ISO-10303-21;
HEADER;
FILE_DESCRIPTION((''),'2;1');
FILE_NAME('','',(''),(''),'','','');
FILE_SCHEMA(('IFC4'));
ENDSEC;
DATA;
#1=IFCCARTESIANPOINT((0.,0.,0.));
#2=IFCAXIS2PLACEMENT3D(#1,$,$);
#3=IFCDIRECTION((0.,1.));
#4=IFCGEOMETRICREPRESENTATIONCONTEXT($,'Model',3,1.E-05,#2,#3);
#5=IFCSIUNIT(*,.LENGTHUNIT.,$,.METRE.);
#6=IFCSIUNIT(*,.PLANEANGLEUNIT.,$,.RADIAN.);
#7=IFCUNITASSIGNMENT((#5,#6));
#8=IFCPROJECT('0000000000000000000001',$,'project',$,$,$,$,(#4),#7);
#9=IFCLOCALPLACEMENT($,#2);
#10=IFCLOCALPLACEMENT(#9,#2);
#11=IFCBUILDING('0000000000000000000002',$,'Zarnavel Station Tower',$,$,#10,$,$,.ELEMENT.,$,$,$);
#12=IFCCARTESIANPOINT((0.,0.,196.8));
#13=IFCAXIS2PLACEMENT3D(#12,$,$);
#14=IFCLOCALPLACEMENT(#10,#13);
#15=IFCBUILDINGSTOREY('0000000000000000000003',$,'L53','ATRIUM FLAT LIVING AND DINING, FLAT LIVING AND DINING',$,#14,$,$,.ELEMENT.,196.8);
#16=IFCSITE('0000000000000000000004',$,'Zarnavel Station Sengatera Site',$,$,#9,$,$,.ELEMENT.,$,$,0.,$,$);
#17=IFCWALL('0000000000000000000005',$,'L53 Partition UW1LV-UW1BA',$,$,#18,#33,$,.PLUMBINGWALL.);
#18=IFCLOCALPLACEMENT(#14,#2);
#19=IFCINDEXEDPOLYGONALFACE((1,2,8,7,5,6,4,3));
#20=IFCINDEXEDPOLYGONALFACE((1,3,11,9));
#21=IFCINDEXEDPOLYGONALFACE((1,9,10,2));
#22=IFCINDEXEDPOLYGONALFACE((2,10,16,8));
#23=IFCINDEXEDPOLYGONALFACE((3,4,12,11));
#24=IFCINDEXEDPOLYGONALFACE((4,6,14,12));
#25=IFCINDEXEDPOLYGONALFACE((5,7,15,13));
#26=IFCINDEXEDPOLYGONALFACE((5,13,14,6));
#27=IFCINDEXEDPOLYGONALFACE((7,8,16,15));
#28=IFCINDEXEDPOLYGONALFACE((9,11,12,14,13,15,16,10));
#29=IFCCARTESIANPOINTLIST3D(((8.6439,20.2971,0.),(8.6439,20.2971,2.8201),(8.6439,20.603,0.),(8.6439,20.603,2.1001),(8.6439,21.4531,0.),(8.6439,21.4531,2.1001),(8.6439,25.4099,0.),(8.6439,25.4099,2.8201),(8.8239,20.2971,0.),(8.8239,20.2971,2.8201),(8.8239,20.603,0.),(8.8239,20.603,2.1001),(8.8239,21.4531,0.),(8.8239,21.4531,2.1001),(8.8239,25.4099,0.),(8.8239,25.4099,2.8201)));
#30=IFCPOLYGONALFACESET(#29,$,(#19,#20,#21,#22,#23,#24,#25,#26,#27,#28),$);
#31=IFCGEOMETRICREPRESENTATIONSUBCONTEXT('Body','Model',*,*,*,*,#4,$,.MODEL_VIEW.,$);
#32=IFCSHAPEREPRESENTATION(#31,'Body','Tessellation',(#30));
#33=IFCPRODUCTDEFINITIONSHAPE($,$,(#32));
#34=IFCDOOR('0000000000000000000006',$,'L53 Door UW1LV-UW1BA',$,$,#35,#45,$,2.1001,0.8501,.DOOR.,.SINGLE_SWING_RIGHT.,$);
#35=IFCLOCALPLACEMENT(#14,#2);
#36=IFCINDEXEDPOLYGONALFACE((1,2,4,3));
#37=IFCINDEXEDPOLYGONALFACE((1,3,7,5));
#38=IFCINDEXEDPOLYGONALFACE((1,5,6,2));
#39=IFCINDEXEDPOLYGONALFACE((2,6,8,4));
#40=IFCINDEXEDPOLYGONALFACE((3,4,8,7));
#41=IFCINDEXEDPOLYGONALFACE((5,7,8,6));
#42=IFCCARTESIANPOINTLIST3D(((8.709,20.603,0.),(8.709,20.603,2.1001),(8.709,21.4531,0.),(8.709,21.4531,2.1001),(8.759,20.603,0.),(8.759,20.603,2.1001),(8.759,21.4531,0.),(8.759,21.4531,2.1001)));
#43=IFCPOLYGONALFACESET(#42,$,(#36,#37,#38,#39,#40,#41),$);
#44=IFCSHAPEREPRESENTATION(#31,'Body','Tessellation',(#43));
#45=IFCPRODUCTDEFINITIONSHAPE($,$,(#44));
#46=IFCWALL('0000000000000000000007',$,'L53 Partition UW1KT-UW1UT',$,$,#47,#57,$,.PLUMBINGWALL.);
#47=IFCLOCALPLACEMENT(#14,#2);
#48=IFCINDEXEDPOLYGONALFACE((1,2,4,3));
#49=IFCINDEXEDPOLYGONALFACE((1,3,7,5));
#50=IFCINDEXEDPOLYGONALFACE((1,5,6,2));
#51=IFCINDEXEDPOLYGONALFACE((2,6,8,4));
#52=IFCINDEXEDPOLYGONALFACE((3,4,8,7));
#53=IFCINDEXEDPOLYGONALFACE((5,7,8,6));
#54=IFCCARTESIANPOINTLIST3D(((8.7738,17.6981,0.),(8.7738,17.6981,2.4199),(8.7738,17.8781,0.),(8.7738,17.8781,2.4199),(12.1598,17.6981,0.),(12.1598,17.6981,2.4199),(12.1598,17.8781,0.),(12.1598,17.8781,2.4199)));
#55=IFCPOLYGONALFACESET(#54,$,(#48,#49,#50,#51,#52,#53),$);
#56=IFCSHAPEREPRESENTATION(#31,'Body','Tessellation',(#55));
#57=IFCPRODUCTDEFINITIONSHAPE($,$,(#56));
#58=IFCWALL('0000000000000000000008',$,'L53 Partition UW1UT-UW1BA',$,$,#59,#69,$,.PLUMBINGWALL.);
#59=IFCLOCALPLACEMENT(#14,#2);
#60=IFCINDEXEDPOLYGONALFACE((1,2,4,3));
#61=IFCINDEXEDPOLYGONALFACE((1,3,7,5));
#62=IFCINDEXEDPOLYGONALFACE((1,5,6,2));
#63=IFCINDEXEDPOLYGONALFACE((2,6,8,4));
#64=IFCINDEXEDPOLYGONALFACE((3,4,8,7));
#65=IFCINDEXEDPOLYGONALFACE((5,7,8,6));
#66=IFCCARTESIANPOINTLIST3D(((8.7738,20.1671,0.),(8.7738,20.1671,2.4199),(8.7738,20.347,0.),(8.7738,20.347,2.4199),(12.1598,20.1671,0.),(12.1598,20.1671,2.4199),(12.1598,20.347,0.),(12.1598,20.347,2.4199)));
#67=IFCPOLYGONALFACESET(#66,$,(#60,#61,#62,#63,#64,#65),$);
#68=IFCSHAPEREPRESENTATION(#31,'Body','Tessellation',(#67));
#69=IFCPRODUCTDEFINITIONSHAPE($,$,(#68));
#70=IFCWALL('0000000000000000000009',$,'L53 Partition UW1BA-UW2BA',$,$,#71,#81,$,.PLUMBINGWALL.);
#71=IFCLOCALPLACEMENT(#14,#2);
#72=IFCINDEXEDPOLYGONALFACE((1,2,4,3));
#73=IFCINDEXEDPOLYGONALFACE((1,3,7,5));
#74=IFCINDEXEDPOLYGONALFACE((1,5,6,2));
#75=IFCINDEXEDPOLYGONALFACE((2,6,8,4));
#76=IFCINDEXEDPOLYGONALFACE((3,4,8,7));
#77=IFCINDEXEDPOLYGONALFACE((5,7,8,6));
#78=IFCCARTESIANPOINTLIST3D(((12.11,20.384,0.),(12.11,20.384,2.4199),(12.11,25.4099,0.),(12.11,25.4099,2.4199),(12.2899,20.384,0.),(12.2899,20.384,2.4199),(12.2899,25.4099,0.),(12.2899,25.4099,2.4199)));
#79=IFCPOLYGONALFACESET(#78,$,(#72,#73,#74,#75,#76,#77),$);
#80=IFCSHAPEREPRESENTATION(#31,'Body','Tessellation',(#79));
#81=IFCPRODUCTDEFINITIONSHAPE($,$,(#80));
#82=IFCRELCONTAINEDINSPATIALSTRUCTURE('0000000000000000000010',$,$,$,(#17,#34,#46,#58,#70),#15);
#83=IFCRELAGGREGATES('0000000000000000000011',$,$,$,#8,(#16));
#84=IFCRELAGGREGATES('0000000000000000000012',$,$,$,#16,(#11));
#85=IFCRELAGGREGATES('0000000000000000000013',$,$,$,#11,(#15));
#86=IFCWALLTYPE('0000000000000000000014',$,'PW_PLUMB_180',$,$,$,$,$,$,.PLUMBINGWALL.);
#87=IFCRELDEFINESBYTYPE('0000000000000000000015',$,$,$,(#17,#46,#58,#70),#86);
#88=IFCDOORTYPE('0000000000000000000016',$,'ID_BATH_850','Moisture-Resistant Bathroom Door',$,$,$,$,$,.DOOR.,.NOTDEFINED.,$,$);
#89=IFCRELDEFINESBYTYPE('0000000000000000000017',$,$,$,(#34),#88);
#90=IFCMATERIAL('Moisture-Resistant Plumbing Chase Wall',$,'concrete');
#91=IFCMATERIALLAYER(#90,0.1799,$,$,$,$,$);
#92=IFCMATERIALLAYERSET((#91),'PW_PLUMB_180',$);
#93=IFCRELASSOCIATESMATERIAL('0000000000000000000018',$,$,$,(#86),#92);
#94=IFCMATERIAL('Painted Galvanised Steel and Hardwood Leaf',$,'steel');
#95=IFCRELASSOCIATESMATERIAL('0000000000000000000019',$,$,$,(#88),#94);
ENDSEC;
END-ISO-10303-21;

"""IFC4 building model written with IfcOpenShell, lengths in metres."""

from ifc_helpers import new_model, si_unit, direction, frame, frame_2d, origin, place, context, subcontext, project, spatial, rectangle, extrude, material, layer, layer_set, type_object, element, fill, save


model = new_model("IFC4")

# Units and contexts
model_context = context("Model", 3, precision=1e-05, world=origin(), true_north=direction((0.0, 1.0)))
body_context = subcontext(model_context, "Body", "Model", "MODEL_VIEW")
ifc_project = project(units=[si_unit("LENGTHUNIT", "METRE"), si_unit("PLANEANGLEUNIT", "RADIAN")], contexts=[model_context])

# Site, building, storey
site_placement = place(None, origin())
site = spatial("IfcSite", under=ifc_project, at=site_placement, Name="Zarnavel Station Sengatera Site", CompositionType="ELEMENT", RefElevation=0.0)
building_placement = place(site_placement, origin())
building = spatial("IfcBuilding", under=site, at=building_placement, Name="Zarnavel Station Tower", CompositionType="ELEMENT")
storey_placement = place(building_placement, frame((0.0, 0.0, 196.8)))
storey = spatial("IfcBuildingStorey", under=building, at=storey_placement, Name="L53", Description="ATRIUM FLAT LIVING AND DINING, FLAT LIVING AND DINING", CompositionType="ELEMENT", Elevation=196.8)

# Shared definitions
ifc_material_1 = material(Name="Moisture-Resistant Plumbing Chase Wall", Category="concrete")
ifc_layer_1 = layer(ifc_material_1, 0.1799)
ifc_layer_set_1 = layer_set([ifc_layer_1], Name="PW_PLUMB_180")
wall_type_1 = type_object("IfcWallType", Name="PW_PLUMB_180", PredefinedType="PLUMBINGWALL", material=ifc_layer_set_1)

# Wall, opening, door
wall_1_placement = place(storey_placement, frame((8.7339, 20.2971, 0.0), z_axis=(0.0, 0.0, 1.0), x_axis=(0.0, 1.0, 0.0)))
wall_1 = element("IfcWall", 1, at=wall_1_placement, inside=storey, type_object=wall_type_1, Name="L53 Partition UW1LV-UW1BA", PredefinedType="PLUMBINGWALL", context=body_context, shape_type="SweptSolid", body=[
    extrude(rectangle(XDim=5.1128, YDim=0.1799, at=frame_2d((2.5564, 0.0))), origin(), (0.0, 0.0, 1.0), 2.8201),
])
opening_1_placement = place(wall_1_placement, frame((0.3059, 0.0, 0.0)))
opening_1 = element("IfcOpeningElement", 2, at=opening_1_placement, cuts=wall_1, PredefinedType="OPENING", context=body_context, shape_type="SweptSolid", body=[
    extrude(rectangle(XDim=0.8501, YDim=2.1001, at=frame_2d((0.425, 1.05))), frame((0.0, 0.0999, 0.0), z_axis=(0.0, -1.0, 0.0), x_axis=(1.0, 0.0, 0.0)), (0.0, 0.0, 1.0), 0.2),
])
ifc_material_2 = material(Name="Painted Galvanised Steel and Hardwood Leaf", Category="steel")
door_type_1 = type_object("IfcDoorType", Name="ID_BATH_850", Description="Moisture-Resistant Bathroom Door", OperationType="NOTDEFINED", PredefinedType="DOOR", material=ifc_material_2)
door_1_placement = place(opening_1_placement, origin())
door_1 = element("IfcDoor", 3, at=door_1_placement, inside=storey, type_object=door_type_1, Name="L53 Door UW1LV-UW1BA", OperationType="SINGLE_SWING_RIGHT", OverallHeight=2.1001, OverallWidth=0.8501, PredefinedType="DOOR", context=body_context, shape_type="SweptSolid", body=[
    extrude(rectangle(XDim=0.8501, YDim=2.1001, at=frame_2d((0.425, 1.05))), frame((0.0, 0.0249, 0.0), z_axis=(0.0, -1.0, 0.0), x_axis=(1.0, 0.0, 0.0)), (0.0, 0.0, 1.0), 0.05),
])
fill(opening_1, door_1)

# Walls
for number, where, z_axis, x_axis, name in (
    (4, (8.7739, 17.7881, 0.0), (0.0, 0.0, 1.0), (1.0, 0.0, 0.0), "L53 Partition UW1KT-UW1UT"),
    (5, (8.7739, 20.2571, 0.0), (0.0, 0.0, 1.0), (1.0, 0.0, 0.0), "L53 Partition UW1UT-UW1BA"),
):
    element("IfcWall", number, at=place(storey_placement, frame(where, z_axis=z_axis, x_axis=x_axis)), inside=storey, type_object=wall_type_1, Name=name, PredefinedType="PLUMBINGWALL", context=body_context, shape_type="SweptSolid", body=[
        extrude(rectangle(XDim=3.386, YDim=0.1799, at=frame_2d((1.6929, 0.0))), origin(), (0.0, 0.0, 1.0), 2.4199),
    ])
wall_2_placement = place(storey_placement, frame((12.2, 20.384, 0.0), z_axis=(0.0, 0.0, 1.0), x_axis=(0.0, 1.0, 0.0)))
element("IfcWall", 6, at=wall_2_placement, inside=storey, type_object=wall_type_1, Name="L53 Partition UW1BA-UW2BA", PredefinedType="PLUMBINGWALL", context=body_context, shape_type="SweptSolid", body=[
    extrude(rectangle(XDim=5.0259, YDim=0.1799, at=frame_2d((2.5129, 0.0))), origin(), (0.0, 0.0, 1.0), 2.4199),
])

save(model, "model.ifc")
